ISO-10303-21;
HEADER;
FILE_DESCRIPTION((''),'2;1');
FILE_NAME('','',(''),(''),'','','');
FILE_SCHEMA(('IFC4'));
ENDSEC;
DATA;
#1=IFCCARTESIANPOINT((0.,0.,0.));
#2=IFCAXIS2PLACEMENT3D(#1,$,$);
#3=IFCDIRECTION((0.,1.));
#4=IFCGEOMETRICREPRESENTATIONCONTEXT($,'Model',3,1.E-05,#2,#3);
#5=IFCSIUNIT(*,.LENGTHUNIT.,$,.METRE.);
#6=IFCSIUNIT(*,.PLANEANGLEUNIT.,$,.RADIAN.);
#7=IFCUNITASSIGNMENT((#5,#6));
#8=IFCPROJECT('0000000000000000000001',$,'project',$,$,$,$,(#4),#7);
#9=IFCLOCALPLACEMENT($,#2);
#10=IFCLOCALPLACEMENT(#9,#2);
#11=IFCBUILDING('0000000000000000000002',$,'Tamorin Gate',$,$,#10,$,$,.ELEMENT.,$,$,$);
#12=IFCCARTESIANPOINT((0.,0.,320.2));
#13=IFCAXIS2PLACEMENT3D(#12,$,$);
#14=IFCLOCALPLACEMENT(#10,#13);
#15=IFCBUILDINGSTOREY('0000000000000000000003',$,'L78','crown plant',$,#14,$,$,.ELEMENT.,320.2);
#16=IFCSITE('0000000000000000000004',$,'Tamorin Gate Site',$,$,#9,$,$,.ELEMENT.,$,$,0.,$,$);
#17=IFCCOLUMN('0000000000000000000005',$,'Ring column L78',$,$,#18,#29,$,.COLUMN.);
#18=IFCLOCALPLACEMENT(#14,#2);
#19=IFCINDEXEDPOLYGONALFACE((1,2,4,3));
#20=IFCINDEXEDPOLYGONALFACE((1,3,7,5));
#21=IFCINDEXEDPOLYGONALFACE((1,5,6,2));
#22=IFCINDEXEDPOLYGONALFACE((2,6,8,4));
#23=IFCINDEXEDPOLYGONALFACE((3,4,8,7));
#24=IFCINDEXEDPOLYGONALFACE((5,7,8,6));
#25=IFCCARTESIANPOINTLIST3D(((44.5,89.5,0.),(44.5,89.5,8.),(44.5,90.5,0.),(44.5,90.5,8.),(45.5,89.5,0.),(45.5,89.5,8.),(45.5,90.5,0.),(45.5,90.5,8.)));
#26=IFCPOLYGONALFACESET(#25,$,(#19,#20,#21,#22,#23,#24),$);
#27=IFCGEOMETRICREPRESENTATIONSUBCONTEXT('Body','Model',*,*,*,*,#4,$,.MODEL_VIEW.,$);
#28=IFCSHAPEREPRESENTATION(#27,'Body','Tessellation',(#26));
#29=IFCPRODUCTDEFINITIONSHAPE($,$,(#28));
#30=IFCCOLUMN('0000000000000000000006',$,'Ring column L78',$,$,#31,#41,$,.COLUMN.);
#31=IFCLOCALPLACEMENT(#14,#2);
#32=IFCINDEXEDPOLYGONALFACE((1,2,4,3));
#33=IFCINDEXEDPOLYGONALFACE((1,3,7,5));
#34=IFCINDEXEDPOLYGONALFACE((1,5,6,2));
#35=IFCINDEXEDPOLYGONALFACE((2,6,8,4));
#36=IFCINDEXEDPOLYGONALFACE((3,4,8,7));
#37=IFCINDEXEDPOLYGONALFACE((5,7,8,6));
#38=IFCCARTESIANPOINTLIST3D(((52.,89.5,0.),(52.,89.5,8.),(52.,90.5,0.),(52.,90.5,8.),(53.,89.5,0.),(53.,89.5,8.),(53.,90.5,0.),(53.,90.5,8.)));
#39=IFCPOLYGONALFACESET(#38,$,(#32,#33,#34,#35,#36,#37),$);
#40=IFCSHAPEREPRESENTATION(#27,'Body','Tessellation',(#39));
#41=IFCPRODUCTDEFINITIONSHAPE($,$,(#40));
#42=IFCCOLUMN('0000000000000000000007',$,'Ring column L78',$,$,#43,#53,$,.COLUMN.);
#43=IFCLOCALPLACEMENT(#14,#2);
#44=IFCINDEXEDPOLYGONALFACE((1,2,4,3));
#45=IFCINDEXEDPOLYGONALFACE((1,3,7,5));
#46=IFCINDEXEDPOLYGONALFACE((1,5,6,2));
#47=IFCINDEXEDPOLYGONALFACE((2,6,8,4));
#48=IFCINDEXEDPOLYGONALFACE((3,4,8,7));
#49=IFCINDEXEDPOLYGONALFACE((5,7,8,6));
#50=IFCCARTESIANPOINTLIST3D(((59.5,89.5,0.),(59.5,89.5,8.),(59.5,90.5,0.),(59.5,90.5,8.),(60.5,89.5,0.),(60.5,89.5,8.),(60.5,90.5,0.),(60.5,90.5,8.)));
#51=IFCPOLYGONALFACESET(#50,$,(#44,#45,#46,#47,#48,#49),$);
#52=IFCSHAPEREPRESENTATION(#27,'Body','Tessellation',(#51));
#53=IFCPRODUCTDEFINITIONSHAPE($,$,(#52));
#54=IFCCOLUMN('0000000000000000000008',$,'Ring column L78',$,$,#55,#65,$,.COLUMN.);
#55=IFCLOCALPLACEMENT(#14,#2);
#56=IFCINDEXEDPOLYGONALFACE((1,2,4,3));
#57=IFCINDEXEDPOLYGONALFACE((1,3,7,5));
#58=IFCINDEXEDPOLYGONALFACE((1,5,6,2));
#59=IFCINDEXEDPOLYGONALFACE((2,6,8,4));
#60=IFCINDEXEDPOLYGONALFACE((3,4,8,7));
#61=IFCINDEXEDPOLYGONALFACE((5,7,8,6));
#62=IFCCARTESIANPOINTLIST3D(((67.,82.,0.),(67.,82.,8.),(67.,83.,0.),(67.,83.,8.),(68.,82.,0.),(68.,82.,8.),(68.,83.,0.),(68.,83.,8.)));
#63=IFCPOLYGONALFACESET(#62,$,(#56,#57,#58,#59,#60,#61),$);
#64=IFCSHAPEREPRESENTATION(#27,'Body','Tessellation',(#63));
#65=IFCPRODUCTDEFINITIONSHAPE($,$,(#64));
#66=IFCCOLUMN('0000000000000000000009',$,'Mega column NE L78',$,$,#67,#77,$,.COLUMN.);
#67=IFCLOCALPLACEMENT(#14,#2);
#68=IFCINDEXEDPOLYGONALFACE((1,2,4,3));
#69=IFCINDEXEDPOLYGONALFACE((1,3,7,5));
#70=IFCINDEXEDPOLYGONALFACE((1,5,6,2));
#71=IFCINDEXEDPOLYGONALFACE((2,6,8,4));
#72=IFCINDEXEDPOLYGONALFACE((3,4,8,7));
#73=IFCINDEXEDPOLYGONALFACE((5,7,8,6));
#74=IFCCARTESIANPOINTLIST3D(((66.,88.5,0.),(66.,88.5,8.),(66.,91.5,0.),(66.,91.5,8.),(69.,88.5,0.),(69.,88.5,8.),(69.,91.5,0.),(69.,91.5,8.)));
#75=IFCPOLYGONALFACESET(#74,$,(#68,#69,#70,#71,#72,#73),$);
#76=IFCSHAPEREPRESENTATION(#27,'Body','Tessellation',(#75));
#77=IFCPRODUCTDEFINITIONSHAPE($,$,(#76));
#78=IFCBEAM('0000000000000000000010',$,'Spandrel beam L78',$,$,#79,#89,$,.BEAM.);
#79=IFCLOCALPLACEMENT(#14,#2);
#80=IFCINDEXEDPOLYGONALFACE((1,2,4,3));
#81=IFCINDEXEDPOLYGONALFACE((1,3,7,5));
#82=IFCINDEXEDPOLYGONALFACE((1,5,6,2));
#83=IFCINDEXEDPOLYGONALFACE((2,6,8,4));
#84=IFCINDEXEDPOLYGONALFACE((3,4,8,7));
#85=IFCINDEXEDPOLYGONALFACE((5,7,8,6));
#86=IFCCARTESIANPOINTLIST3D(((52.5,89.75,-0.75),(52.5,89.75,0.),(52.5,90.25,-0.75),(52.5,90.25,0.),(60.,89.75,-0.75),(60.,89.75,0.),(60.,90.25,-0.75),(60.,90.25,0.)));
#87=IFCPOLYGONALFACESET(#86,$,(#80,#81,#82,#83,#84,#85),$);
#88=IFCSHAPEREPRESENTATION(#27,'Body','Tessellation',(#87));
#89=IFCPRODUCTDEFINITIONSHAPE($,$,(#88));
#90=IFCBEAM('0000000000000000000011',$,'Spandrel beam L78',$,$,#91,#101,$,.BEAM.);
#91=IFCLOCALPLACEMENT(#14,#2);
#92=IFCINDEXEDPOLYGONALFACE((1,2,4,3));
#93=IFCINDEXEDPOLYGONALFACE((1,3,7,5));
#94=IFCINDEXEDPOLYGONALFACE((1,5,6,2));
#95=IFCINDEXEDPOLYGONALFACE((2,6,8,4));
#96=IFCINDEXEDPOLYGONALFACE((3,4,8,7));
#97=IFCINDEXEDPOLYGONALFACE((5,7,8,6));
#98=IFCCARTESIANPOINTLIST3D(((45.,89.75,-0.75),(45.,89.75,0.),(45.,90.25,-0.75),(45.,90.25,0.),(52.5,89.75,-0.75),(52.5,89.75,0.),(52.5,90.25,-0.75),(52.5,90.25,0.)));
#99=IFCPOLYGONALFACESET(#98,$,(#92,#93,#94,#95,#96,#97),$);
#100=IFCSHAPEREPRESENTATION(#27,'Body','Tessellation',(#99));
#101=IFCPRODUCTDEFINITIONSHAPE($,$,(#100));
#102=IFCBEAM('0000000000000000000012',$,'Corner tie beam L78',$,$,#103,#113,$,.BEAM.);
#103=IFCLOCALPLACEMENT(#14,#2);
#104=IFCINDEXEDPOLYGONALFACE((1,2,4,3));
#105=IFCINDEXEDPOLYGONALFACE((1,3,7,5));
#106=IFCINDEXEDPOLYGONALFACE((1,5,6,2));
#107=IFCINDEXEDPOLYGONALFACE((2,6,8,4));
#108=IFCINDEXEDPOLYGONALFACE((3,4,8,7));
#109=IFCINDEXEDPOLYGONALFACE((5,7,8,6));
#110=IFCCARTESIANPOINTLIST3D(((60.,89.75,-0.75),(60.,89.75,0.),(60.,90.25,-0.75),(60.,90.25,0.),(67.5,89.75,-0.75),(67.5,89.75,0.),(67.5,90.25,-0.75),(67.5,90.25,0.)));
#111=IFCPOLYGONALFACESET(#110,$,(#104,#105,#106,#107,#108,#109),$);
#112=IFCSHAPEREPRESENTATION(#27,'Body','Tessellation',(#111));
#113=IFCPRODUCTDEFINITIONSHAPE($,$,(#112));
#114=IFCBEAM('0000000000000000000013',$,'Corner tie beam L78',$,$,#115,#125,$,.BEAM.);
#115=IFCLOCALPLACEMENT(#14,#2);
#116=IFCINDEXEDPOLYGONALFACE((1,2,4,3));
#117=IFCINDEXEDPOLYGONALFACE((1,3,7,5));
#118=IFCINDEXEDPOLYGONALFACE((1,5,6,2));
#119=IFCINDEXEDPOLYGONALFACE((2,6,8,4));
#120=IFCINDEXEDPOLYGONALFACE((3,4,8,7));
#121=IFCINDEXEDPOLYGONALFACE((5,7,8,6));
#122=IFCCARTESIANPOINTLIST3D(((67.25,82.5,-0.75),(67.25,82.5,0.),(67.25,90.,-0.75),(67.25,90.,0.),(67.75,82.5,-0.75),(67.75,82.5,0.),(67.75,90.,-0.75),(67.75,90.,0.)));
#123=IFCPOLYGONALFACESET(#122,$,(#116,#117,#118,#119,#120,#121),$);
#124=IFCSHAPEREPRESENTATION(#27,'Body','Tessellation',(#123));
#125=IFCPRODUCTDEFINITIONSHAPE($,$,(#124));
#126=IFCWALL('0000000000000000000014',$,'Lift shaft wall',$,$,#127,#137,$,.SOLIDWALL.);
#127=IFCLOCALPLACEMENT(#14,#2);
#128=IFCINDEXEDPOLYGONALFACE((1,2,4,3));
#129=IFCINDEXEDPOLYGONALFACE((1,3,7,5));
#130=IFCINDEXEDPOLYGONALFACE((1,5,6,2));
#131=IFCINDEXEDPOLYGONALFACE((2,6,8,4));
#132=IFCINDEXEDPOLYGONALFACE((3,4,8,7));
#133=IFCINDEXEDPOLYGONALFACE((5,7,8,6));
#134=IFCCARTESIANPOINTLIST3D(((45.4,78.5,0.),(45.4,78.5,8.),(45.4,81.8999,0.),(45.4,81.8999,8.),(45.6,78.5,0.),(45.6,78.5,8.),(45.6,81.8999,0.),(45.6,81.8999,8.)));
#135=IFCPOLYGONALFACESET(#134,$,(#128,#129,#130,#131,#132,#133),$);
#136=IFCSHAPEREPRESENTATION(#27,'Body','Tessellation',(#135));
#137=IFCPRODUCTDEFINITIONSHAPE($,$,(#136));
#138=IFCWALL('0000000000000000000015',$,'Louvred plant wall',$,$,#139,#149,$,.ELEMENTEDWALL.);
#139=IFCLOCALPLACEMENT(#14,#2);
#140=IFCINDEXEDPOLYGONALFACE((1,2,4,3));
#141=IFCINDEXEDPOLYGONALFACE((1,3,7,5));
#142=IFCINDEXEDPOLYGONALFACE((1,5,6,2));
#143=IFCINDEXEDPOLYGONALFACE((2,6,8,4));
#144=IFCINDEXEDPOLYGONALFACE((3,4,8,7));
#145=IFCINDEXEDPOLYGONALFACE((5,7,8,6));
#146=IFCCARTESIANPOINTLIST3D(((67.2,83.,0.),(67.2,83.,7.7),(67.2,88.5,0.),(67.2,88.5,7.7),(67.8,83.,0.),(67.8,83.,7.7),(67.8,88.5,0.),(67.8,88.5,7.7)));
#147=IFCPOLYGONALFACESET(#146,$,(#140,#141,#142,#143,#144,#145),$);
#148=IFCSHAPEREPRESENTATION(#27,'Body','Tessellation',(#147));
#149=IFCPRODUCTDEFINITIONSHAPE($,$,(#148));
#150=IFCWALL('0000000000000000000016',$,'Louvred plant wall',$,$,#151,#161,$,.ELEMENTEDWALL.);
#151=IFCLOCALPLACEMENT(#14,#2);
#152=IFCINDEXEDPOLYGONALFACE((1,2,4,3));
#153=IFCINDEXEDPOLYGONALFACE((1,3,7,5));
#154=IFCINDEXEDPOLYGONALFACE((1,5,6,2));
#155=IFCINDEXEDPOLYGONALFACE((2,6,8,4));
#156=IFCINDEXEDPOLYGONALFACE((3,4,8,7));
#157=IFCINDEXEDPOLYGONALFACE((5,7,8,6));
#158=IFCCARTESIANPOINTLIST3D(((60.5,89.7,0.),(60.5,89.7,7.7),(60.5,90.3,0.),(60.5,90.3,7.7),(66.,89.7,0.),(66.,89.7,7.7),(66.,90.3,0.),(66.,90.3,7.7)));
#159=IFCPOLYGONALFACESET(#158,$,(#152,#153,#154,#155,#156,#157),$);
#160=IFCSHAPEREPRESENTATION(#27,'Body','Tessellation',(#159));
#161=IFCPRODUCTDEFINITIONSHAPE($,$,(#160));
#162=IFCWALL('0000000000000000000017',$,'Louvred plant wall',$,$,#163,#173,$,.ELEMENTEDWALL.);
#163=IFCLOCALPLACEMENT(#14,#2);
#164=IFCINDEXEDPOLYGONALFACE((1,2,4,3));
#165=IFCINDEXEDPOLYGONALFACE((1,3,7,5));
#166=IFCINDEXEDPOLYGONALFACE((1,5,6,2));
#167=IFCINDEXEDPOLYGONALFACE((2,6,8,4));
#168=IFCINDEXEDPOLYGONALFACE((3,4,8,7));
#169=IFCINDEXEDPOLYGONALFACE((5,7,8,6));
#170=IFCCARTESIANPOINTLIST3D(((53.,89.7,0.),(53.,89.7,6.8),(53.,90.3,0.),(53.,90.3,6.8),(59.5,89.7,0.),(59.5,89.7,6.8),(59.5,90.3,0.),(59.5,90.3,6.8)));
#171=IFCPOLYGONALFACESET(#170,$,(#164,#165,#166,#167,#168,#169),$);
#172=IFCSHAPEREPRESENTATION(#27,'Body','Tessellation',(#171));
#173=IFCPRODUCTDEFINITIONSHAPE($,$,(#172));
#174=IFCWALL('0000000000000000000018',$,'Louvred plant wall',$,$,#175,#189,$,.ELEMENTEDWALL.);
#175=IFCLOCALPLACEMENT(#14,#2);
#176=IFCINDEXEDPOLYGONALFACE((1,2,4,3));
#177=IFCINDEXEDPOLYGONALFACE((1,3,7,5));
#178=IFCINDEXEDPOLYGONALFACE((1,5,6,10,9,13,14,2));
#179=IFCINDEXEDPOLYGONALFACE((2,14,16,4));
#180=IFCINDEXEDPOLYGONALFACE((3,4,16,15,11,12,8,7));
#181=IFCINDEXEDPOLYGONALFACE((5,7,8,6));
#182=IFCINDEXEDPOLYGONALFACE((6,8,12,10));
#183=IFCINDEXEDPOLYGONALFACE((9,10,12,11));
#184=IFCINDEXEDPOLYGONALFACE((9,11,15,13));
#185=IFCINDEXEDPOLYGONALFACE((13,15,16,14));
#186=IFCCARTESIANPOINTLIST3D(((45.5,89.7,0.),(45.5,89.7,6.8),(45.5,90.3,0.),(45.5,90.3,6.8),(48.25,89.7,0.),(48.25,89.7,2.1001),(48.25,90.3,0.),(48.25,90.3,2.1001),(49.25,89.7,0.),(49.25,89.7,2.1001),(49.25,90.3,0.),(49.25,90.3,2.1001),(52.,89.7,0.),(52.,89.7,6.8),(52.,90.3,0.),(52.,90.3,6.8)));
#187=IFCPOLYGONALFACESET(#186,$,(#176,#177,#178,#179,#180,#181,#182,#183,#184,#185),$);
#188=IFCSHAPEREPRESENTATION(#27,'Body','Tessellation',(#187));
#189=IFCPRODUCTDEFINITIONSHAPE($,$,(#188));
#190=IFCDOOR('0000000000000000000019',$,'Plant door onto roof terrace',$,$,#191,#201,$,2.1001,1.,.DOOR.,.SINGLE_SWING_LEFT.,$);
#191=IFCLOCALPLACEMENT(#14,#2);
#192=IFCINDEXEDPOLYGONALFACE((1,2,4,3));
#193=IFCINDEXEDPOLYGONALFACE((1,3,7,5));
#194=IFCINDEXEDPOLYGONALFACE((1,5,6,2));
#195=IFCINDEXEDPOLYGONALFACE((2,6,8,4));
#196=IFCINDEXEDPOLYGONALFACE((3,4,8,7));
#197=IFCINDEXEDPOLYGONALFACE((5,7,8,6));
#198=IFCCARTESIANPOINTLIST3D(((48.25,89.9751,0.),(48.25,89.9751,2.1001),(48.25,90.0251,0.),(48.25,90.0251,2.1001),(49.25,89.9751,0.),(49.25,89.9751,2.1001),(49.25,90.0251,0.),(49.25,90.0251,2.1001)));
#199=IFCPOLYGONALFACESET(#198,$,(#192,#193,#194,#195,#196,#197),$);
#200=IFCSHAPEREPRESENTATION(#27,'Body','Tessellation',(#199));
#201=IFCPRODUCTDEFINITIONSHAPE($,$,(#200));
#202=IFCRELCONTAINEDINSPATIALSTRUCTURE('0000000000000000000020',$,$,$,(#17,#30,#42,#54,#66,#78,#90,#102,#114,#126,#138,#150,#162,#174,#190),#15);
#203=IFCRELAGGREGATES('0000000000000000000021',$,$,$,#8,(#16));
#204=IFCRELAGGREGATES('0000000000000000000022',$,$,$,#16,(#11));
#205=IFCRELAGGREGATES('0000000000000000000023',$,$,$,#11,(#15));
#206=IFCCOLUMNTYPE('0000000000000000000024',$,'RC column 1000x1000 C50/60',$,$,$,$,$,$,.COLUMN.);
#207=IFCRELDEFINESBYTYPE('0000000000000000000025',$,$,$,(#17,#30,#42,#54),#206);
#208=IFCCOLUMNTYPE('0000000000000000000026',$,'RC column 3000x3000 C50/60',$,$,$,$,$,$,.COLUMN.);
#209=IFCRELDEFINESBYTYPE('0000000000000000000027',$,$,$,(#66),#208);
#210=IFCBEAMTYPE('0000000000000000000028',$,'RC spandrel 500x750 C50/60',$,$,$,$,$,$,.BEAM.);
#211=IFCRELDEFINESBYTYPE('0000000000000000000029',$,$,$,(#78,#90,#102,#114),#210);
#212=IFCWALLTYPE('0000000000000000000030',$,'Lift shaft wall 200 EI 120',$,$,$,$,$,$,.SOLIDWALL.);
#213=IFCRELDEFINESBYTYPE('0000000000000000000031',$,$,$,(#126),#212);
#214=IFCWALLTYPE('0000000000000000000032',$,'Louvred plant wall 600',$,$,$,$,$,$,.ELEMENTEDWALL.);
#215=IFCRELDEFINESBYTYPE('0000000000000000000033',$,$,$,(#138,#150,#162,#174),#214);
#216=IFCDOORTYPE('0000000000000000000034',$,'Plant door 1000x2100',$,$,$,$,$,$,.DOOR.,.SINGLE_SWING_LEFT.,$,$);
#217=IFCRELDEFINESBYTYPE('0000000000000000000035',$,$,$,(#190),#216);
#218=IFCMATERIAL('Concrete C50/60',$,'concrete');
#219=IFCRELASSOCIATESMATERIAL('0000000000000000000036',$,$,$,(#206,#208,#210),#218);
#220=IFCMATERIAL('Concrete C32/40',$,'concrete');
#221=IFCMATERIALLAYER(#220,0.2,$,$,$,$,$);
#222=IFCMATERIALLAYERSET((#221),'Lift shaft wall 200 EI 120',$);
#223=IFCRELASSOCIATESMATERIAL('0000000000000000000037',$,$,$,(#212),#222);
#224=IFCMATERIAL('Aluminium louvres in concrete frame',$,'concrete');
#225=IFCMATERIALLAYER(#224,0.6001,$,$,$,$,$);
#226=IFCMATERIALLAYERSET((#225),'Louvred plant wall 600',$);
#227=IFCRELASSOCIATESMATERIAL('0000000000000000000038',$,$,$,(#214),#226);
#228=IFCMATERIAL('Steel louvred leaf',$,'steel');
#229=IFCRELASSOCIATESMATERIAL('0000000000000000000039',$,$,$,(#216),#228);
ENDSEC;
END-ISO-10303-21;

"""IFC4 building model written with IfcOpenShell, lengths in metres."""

from ifc_helpers import new_model, si_unit, direction, frame, frame_2d, origin, origin_2d, place, context, subcontext, project, spatial, rectangle, extrude, material, layer, layer_set, material_profile, profile_set, type_object, element, fill, save


model = new_model("IFC4")

# Units and contexts
model_context = context("Model", 3, precision=1e-05, world=origin(), true_north=direction((0.0, 1.0)))
body_context = subcontext(model_context, "Body", "Model", "MODEL_VIEW")
ifc_project = project(units=[si_unit("LENGTHUNIT", "METRE"), si_unit("PLANEANGLEUNIT", "RADIAN")], contexts=[model_context])

# Site, building, storey
site_placement = place(None, origin())
site = spatial("IfcSite", under=ifc_project, at=site_placement, Name="Tamorin Gate Site", CompositionType="ELEMENT", RefElevation=0.0)
building_placement = place(site_placement, origin())
building = spatial("IfcBuilding", under=site, at=building_placement, Name="Tamorin Gate", CompositionType="ELEMENT")
storey_placement = place(building_placement, frame((0.0, 0.0, 320.2)))
storey = spatial("IfcBuildingStorey", under=building, at=storey_placement, Name="L78", Description="crown plant", CompositionType="ELEMENT", Elevation=320.2)

# Columns
ifc_material_1 = material(Name="Concrete C50/60", Category="concrete")
ifc_material_profile_1 = material_profile(ifc_material_1, rectangle(XDim=1.0, YDim=1.0, at=origin_2d()), Name="RC 1000x1000")
ifc_profile_set_1 = profile_set([ifc_material_profile_1], Name="Concrete C50/60")
column_type_1 = type_object("IfcColumnType", Name="RC column 1000x1000 C50/60", PredefinedType="COLUMN", material=ifc_profile_set_1)
for number, where, z_axis, x_axis, name in (
    (1, (45.0, 90.0, 0.0), (0.0, 0.0, 1.0), (1.0, 0.0, 0.0), "Ring column L78"),
    (2, (52.5, 90.0, 0.0), (0.0, 0.0, 1.0), (1.0, 0.0, 0.0), "Ring column L78"),
    (3, (60.0, 90.0, 0.0), (0.0, 0.0, 1.0), (1.0, 0.0, 0.0), "Ring column L78"),
    (4, (67.5, 82.5, 0.0), (0.0, 0.0, 1.0), (1.0, 0.0, 0.0), "Ring column L78"),
):
    element("IfcColumn", number, at=place(storey_placement, frame(where, z_axis=z_axis, x_axis=x_axis)), inside=storey, type_object=column_type_1, Name=name, PredefinedType="COLUMN", context=body_context, shape_type="SweptSolid", body=[
        extrude(rectangle(XDim=1.0, YDim=1.0, at=origin_2d()), origin(), (0.0, 0.0, 1.0), 8.0),
    ])
ifc_material_profile_2 = material_profile(ifc_material_1, rectangle(XDim=3.0, YDim=3.0, at=origin_2d()), Name="RC 3000x3000")
ifc_profile_set_2 = profile_set([ifc_material_profile_2], Name="Concrete C50/60")
column_type_2 = type_object("IfcColumnType", Name="RC column 3000x3000 C50/60", PredefinedType="COLUMN", material=ifc_profile_set_2)
column_placement = place(storey_placement, frame((67.5, 90.0, 0.0), z_axis=(0.0, 0.0, 1.0), x_axis=(1.0, 0.0, 0.0)))
element("IfcColumn", 5, at=column_placement, inside=storey, type_object=column_type_2, Name="Mega column NE L78", PredefinedType="COLUMN", context=body_context, shape_type="SweptSolid", body=[
    extrude(rectangle(XDim=3.0, YDim=3.0, at=origin_2d()), origin(), (0.0, 0.0, 1.0), 8.0),
])

# Beams
ifc_material_profile_3 = material_profile(ifc_material_1, rectangle(XDim=0.5, YDim=0.75, at=origin_2d()), Name="RC 500x750")
ifc_profile_set_3 = profile_set([ifc_material_profile_3], Name="Concrete C50/60")
beam_type = type_object("IfcBeamType", Name="RC spandrel 500x750 C50/60", PredefinedType="BEAM", material=ifc_profile_set_3)
for number, where, z_axis, x_axis, name in (
    (6, (60.0, 90.0, -0.375), (-1.0, 0.0, 0.0), (0.0, -1.0, 0.0), "Spandrel beam L78"),
    (7, (52.5, 90.0, -0.375), (-1.0, 0.0, 0.0), (0.0, -1.0, 0.0), "Spandrel beam L78"),
    (8, (67.5, 90.0, -0.375), (-1.0, 0.0, 0.0), (0.0, -1.0, 0.0), "Corner tie beam L78"),
    (9, (67.5, 90.0, -0.375), (0.0, -1.0, 0.0), (1.0, 0.0, 0.0), "Corner tie beam L78"),
):
    element("IfcBeam", number, at=place(storey_placement, frame(where, z_axis=z_axis, x_axis=x_axis)), inside=storey, type_object=beam_type, Name=name, PredefinedType="BEAM", context=body_context, shape_type="SweptSolid", body=[
        extrude(rectangle(XDim=0.5, YDim=0.75, at=origin_2d()), origin(), (0.0, 0.0, 1.0), 7.5),
    ])

# Walls
ifc_material_2 = material(Name="Concrete C32/40", Category="concrete")
ifc_layer_1 = layer(ifc_material_2, 0.2)
ifc_layer_set_1 = layer_set([ifc_layer_1], Name="Lift shaft wall 200 EI 120")
wall_type_1 = type_object("IfcWallType", Name="Lift shaft wall 200 EI 120", PredefinedType="SOLIDWALL", material=ifc_layer_set_1)
wall_1_placement = place(storey_placement, frame((45.5, 78.5, 0.0), z_axis=(0.0, 0.0, 1.0), x_axis=(0.0, 1.0, 0.0)))
element("IfcWall", 10, at=wall_1_placement, inside=storey, type_object=wall_type_1, Name="Lift shaft wall", PredefinedType="SOLIDWALL", context=body_context, shape_type="SweptSolid", body=[
    extrude(rectangle(XDim=3.3999, YDim=0.2, at=frame_2d((1.7, 0.0))), origin(), (0.0, 0.0, 1.0), 8.0),
])
ifc_material_3 = material(Name="Aluminium louvres in concrete frame", Category="concrete")
ifc_layer_2 = layer(ifc_material_3, 0.6001)
ifc_layer_set_2 = layer_set([ifc_layer_2], Name="Louvred plant wall 600")
wall_type_2 = type_object("IfcWallType", Name="Louvred plant wall 600", PredefinedType="ELEMENTEDWALL", material=ifc_layer_set_2)
for number, where, z_axis, x_axis, name in (
    (11, (67.5, 83.0, 0.0), (0.0, 0.0, 1.0), (0.0, 1.0, 0.0), "Louvred plant wall"),
    (12, (66.0, 90.0, 0.0), (0.0, 0.0, 1.0), (-1.0, 0.0, 0.0), "Louvred plant wall"),
):
    element("IfcWall", number, at=place(storey_placement, frame(where, z_axis=z_axis, x_axis=x_axis)), inside=storey, type_object=wall_type_2, Name=name, PredefinedType="ELEMENTEDWALL", context=body_context, shape_type="SweptSolid", body=[
        extrude(rectangle(XDim=5.5, YDim=0.6001, at=frame_2d((2.75, 0.0))), origin(), (0.0, 0.0, 1.0), 7.7),
    ])
wall_2_placement = place(storey_placement, frame((59.5, 90.0, 0.0), z_axis=(0.0, 0.0, 1.0), x_axis=(-1.0, 0.0, 0.0)))
element("IfcWall", 13, at=wall_2_placement, inside=storey, type_object=wall_type_2, Name="Louvred plant wall", PredefinedType="ELEMENTEDWALL", context=body_context, shape_type="SweptSolid", body=[
    extrude(rectangle(XDim=6.5, YDim=0.6001, at=frame_2d((3.25, 0.0))), origin(), (0.0, 0.0, 1.0), 6.8),
])

# Wall, opening, door
wall_3_placement = place(storey_placement, frame((52.0, 90.0, 0.0), z_axis=(0.0, 0.0, 1.0), x_axis=(-1.0, 0.0, 0.0)))
wall_3 = element("IfcWall", 14, at=wall_3_placement, inside=storey, type_object=wall_type_2, Name="Louvred plant wall", PredefinedType="ELEMENTEDWALL", context=body_context, shape_type="SweptSolid", body=[
    extrude(rectangle(XDim=6.5, YDim=0.6001, at=frame_2d((3.25, 0.0))), origin(), (0.0, 0.0, 1.0), 6.8),
])
opening_placement = place(wall_3_placement, frame((2.75, 0.0, 0.0)))
opening = element("IfcOpeningElement", 15, at=opening_placement, cuts=wall_3, PredefinedType="OPENING", context=body_context, shape_type="SweptSolid", body=[
    extrude(rectangle(XDim=1.0, YDim=2.1001, at=frame_2d((0.5, 1.05))), frame((0.0, 0.3101, 0.0), z_axis=(0.0, -1.0, 0.0), x_axis=(1.0, 0.0, 0.0)), (0.0, 0.0, 1.0), 0.6201),
])
ifc_material_4 = material(Name="Steel louvred leaf", Category="steel")
door_type = type_object("IfcDoorType", Name="Plant door 1000x2100", OperationType="SINGLE_SWING_LEFT", PredefinedType="DOOR", material=ifc_material_4)
door_placement = place(opening_placement, origin())
door = element("IfcDoor", 16, at=door_placement, inside=storey, type_object=door_type, Name="Plant door onto roof terrace", OperationType="SINGLE_SWING_LEFT", OverallHeight=2.1001, OverallWidth=1.0, PredefinedType="DOOR", context=body_context, shape_type="SweptSolid", body=[
    extrude(rectangle(XDim=1.0, YDim=2.1001, at=frame_2d((0.5, 1.05))), frame((0.0, 0.0249, 0.0), z_axis=(0.0, -1.0, 0.0), x_axis=(1.0, 0.0, 0.0)), (0.0, 0.0, 1.0), 0.05),
])
fill(opening, door)

save(model, "model.ifc")
